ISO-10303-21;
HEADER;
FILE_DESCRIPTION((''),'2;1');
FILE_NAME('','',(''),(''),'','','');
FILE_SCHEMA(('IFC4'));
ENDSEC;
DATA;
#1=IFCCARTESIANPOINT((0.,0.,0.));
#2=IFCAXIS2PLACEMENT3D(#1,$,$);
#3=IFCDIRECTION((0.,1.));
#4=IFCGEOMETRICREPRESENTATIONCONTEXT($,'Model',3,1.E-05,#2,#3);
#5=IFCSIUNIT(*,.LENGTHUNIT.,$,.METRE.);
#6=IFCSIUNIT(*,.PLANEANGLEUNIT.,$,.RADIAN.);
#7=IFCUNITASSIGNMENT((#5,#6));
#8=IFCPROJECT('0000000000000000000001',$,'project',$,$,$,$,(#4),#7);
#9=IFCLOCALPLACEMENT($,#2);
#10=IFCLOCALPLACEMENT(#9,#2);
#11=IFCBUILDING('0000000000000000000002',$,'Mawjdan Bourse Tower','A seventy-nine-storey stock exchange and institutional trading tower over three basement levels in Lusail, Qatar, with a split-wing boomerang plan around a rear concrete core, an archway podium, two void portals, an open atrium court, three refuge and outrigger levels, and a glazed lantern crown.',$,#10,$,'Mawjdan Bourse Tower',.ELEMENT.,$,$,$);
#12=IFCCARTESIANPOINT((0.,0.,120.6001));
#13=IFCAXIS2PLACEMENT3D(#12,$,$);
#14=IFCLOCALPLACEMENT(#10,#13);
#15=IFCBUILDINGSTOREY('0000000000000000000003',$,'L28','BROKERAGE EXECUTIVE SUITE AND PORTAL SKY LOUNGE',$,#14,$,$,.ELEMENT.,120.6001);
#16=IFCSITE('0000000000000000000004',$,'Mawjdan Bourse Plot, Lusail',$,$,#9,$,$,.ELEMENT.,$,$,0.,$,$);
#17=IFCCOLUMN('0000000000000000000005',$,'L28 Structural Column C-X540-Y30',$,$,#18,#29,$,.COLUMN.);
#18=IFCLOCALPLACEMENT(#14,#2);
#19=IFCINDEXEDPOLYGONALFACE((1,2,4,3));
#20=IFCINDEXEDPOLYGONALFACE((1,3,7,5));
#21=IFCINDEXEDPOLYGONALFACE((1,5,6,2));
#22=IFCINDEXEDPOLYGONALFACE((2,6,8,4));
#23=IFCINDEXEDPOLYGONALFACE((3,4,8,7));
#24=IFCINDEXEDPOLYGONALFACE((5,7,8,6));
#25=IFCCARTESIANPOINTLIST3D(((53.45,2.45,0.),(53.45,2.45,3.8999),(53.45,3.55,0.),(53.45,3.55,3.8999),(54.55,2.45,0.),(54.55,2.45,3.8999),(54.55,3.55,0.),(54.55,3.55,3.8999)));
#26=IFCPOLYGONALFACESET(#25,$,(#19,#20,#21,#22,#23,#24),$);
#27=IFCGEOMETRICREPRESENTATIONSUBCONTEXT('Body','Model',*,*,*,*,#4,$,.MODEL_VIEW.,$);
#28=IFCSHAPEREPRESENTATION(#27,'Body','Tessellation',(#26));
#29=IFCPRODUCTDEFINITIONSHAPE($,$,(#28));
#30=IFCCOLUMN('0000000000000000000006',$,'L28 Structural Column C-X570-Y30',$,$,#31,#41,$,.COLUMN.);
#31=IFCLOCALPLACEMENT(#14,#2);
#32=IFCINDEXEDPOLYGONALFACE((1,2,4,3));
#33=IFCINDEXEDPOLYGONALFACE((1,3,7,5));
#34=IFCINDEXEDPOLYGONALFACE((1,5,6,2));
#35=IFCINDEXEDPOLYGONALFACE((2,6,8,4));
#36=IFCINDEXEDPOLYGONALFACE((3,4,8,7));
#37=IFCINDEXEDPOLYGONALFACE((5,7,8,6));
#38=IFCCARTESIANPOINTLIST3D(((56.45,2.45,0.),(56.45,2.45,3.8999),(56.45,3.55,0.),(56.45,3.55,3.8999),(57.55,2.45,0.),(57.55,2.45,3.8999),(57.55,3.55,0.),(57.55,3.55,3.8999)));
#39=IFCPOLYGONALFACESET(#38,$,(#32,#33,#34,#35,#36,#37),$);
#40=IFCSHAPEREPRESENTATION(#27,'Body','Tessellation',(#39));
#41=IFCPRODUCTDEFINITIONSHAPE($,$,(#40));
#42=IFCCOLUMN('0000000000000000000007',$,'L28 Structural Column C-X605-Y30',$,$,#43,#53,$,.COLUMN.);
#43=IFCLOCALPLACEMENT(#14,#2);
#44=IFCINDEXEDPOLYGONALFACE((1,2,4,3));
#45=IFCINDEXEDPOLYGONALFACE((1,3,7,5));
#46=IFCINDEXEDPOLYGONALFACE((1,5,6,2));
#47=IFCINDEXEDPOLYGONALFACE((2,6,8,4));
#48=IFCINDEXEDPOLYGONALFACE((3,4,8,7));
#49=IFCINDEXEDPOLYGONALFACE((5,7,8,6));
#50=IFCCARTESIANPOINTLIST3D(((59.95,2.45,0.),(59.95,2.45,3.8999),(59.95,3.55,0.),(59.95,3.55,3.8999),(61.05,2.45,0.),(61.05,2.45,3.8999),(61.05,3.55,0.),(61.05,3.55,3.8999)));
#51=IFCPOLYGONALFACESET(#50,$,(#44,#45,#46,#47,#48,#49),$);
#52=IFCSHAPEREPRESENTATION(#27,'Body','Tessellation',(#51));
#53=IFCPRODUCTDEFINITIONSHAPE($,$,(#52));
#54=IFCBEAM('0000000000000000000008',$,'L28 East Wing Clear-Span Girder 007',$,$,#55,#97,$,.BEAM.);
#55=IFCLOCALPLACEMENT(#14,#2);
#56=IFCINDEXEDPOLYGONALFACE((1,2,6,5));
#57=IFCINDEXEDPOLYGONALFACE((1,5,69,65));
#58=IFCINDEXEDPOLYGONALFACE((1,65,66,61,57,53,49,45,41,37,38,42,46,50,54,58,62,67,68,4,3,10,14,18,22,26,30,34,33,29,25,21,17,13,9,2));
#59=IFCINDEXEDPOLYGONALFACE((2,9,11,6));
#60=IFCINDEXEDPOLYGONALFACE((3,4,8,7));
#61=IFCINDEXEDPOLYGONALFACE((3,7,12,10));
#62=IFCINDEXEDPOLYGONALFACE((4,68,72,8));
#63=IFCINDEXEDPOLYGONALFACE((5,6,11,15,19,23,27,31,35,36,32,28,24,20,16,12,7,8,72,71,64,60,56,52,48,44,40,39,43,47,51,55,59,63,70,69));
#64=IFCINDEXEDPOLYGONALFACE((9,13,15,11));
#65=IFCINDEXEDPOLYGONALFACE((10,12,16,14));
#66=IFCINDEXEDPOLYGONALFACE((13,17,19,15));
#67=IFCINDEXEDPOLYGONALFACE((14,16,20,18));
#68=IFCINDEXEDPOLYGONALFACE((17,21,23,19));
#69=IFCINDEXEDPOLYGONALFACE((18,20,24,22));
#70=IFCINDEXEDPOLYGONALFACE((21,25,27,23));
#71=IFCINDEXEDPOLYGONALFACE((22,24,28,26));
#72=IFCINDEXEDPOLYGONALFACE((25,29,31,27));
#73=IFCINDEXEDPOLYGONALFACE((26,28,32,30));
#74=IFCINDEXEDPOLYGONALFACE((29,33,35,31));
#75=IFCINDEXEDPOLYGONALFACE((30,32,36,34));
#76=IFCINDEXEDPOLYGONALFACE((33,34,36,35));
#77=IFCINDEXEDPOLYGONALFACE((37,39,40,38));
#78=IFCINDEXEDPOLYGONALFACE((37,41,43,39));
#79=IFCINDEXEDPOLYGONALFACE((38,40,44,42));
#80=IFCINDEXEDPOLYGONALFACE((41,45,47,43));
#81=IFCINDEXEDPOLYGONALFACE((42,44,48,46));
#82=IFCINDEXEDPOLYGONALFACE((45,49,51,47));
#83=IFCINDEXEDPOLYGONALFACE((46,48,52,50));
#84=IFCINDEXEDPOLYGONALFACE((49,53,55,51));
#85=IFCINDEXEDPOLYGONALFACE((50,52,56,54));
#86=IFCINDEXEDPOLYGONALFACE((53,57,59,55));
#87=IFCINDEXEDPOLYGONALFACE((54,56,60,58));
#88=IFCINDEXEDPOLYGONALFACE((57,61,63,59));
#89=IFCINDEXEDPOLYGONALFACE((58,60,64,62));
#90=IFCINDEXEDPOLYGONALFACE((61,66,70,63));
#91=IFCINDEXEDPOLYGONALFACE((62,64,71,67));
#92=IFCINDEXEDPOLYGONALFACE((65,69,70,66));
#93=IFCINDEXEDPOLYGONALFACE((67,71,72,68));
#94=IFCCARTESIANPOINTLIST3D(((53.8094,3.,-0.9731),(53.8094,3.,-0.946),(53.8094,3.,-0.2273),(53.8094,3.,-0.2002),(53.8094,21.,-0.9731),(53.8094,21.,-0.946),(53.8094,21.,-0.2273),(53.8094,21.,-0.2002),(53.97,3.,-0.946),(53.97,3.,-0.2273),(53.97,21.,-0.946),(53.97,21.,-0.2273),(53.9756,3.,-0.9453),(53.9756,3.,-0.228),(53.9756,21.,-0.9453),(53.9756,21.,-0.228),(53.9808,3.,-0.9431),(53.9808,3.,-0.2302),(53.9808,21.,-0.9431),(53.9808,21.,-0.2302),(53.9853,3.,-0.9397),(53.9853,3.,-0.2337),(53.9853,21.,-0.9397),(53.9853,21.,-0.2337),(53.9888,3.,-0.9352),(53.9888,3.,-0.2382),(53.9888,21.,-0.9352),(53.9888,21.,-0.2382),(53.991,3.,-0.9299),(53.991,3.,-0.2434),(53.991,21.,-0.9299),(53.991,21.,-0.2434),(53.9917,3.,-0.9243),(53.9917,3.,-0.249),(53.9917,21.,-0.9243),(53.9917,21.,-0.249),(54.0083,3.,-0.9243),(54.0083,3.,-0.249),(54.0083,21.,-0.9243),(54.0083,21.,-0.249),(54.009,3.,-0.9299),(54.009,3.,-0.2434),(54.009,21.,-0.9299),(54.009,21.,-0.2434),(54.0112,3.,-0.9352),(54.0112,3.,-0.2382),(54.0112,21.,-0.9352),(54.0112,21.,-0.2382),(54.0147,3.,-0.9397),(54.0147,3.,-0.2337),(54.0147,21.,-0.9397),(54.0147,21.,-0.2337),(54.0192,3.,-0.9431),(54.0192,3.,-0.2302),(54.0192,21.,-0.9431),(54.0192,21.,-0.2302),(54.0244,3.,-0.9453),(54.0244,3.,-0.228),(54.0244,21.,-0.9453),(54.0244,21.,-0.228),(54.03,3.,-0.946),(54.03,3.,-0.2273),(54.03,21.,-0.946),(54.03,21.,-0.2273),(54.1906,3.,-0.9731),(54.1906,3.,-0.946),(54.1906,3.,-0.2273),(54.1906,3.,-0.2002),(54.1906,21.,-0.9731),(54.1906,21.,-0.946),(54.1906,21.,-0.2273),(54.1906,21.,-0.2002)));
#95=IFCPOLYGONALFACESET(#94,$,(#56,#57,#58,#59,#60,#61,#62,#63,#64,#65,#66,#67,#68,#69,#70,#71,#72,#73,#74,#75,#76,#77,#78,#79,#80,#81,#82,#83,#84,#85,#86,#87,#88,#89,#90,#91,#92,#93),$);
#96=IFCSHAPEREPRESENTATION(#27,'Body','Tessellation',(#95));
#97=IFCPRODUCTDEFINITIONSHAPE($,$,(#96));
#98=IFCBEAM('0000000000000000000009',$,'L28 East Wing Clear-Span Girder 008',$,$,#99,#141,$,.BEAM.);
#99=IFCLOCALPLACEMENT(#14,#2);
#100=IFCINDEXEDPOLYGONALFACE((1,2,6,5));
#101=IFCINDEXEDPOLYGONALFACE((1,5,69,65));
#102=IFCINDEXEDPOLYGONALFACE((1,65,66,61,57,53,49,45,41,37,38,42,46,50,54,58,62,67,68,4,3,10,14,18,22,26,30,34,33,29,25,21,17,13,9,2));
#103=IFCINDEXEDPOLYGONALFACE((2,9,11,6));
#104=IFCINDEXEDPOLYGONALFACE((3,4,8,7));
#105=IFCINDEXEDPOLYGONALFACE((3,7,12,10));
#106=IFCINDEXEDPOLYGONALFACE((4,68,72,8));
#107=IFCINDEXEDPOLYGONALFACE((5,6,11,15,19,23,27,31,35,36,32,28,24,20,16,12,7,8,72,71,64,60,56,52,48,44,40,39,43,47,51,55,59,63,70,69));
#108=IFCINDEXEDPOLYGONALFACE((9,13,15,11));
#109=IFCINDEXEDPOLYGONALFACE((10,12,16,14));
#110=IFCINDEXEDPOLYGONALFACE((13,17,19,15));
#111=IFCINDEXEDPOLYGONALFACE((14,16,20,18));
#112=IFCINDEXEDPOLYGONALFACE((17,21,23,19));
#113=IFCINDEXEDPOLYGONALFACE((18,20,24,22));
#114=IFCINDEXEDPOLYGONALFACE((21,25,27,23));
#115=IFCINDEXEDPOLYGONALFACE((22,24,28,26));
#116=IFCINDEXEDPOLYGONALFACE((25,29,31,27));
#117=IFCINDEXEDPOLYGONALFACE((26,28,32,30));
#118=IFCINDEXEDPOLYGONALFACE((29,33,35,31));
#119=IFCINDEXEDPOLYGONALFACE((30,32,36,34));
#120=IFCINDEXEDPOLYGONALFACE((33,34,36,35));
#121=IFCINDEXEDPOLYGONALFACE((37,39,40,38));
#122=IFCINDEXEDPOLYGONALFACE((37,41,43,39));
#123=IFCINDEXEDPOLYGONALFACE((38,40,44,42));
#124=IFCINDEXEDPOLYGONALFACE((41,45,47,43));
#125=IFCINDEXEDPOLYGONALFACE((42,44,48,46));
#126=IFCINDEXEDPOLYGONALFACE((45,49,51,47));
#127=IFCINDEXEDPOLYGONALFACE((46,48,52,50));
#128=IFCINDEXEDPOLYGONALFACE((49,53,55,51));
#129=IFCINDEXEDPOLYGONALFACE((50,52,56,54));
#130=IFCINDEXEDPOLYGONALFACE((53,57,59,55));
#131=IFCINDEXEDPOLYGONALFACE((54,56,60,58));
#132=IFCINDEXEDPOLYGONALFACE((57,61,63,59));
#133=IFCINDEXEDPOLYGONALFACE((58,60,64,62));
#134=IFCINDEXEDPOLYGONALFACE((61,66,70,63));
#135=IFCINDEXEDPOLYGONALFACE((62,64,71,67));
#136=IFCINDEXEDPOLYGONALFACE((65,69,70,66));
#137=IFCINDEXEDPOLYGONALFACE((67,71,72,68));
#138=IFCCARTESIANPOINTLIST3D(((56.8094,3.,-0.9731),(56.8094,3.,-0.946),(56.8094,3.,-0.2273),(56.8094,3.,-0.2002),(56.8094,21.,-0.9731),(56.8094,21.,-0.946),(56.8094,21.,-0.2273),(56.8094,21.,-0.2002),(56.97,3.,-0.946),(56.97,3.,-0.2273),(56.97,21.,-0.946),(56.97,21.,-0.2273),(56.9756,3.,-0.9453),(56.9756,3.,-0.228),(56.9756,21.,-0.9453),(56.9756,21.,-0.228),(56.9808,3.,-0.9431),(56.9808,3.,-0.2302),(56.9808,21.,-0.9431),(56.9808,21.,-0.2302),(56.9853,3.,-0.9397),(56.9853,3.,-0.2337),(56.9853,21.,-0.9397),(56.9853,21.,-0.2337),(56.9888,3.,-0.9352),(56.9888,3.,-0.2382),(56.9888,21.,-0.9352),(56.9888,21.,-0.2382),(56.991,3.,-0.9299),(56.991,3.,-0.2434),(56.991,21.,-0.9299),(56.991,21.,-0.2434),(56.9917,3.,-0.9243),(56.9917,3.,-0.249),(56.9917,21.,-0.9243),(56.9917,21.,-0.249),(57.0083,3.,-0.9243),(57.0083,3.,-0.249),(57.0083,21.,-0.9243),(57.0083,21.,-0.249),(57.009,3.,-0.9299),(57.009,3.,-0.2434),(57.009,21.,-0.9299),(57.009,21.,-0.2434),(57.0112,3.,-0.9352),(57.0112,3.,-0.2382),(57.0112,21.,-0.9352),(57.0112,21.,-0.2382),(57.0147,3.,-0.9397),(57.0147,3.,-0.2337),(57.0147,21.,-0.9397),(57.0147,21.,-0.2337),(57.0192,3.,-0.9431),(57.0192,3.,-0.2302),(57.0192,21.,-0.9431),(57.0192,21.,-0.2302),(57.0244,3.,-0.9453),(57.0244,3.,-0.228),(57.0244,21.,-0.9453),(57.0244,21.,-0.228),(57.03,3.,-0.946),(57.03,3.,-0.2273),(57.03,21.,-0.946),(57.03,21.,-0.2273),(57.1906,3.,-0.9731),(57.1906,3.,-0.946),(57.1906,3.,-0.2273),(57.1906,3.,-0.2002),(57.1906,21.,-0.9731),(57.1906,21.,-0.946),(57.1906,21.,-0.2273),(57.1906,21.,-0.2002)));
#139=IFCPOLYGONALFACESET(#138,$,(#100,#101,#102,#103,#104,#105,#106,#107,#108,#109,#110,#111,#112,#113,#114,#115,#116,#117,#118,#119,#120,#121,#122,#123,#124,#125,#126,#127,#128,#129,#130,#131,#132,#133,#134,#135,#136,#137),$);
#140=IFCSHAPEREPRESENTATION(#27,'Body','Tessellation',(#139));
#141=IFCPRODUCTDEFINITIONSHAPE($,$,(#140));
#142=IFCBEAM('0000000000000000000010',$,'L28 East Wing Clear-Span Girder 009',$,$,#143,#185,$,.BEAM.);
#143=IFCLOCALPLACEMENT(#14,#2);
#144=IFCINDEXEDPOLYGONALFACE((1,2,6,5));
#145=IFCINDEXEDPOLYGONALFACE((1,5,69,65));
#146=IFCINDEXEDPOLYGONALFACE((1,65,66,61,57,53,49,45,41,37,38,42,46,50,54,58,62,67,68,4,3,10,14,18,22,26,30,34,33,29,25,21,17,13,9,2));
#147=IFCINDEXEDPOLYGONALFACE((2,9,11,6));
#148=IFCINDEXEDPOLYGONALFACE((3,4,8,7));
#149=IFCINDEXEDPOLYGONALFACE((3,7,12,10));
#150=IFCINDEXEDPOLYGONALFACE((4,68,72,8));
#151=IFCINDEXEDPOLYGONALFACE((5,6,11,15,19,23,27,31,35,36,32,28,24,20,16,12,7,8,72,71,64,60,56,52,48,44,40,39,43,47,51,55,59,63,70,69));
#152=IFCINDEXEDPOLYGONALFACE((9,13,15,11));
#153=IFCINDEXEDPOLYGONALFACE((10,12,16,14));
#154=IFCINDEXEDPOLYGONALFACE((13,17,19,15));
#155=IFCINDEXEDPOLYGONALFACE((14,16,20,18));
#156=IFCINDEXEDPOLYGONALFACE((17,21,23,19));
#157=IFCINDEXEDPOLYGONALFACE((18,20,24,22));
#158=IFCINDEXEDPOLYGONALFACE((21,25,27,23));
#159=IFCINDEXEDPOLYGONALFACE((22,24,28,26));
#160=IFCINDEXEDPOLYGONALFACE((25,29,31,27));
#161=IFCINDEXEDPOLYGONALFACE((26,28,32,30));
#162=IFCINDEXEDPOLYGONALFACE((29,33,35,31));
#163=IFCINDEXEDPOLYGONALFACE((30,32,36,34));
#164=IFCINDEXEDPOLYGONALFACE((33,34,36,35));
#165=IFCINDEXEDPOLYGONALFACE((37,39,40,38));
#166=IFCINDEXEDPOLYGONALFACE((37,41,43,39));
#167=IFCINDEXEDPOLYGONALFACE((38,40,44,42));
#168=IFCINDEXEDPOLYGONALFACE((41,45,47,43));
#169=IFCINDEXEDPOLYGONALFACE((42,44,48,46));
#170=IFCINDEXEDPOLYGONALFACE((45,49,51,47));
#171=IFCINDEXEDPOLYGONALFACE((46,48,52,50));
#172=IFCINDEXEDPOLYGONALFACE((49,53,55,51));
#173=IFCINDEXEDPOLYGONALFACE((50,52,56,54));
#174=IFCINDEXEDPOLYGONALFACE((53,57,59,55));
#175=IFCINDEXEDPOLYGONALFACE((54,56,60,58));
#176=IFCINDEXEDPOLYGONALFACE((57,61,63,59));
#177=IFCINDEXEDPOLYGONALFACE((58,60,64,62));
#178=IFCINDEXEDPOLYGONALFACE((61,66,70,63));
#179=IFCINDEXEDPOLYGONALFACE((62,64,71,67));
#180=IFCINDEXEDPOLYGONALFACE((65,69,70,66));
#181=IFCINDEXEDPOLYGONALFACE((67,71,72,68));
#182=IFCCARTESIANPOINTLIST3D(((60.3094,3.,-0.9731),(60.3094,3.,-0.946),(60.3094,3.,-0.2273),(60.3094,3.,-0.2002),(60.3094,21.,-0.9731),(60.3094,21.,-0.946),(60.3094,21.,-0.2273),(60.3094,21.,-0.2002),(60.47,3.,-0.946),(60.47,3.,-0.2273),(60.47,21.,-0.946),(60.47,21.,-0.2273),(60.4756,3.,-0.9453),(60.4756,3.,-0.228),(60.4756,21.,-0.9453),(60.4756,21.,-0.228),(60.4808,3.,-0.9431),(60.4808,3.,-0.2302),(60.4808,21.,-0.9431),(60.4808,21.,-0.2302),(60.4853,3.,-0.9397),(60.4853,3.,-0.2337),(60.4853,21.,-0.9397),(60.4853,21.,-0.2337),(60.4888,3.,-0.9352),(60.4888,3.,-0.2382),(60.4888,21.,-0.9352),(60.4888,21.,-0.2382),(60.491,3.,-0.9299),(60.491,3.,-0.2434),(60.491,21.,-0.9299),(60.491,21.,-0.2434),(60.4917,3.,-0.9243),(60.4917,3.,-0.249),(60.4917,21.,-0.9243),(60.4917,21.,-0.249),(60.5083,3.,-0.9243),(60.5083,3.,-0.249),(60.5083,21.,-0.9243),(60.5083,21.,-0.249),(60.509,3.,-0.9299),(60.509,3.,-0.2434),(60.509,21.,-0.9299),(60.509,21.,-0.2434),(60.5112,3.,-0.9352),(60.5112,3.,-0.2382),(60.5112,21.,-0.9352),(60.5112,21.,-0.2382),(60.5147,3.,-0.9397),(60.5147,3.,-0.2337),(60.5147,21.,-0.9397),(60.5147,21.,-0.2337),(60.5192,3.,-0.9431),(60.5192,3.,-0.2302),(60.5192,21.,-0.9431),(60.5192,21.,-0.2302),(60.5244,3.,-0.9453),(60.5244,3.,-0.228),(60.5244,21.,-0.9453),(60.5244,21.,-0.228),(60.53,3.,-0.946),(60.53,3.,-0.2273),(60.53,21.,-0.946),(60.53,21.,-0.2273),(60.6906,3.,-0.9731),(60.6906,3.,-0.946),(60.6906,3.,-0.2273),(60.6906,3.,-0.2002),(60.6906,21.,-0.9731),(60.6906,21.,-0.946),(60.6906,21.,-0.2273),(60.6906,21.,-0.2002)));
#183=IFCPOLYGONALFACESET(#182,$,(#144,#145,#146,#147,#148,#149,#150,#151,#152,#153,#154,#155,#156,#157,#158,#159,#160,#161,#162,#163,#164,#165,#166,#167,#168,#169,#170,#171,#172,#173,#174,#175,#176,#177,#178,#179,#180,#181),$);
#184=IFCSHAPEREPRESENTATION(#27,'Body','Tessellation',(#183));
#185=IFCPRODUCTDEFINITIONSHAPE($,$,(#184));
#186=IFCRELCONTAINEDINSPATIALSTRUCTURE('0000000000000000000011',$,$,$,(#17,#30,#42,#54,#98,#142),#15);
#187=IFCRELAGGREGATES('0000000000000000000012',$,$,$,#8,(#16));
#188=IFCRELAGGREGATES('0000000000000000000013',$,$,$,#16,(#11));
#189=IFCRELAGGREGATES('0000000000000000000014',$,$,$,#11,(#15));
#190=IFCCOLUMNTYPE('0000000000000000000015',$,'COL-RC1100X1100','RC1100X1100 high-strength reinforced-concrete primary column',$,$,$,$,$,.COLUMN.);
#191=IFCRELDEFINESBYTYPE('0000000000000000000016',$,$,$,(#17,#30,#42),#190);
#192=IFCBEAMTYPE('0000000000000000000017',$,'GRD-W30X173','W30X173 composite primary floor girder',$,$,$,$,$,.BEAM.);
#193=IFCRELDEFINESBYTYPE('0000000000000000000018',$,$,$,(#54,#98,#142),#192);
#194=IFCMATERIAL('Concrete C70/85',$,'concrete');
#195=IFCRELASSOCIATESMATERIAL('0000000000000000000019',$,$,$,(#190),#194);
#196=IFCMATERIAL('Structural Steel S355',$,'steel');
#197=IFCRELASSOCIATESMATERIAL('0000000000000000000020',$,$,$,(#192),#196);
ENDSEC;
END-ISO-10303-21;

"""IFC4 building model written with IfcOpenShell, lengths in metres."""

from ifc_helpers import new_model, si_unit, direction, frame, origin, origin_2d, place, context, subcontext, project, spatial, rectangle, i_section, extrude, material, material_profile, profile_set, type_object, element, save


model = new_model("IFC4")

# Units and contexts
model_context = context("Model", 3, precision=1e-05, world=origin(), true_north=direction((0.0, 1.0)))
body_context = subcontext(model_context, "Body", "Model", "MODEL_VIEW")
ifc_project = project(units=[si_unit("LENGTHUNIT", "METRE"), si_unit("PLANEANGLEUNIT", "RADIAN")], contexts=[model_context])

# Site, building, storey
site_placement = place(None, origin())
site = spatial("IfcSite", under=ifc_project, at=site_placement, Name="Mawjdan Bourse Plot, Lusail", CompositionType="ELEMENT", RefElevation=0.0)
building_placement = place(site_placement, origin())
building = spatial("IfcBuilding", under=site, at=building_placement, Name="Mawjdan Bourse Tower", Description="A seventy-nine-storey stock exchange and institutional trading tower over three basement levels in Lusail, Qatar, with a split-wing boomerang plan around a rear concrete core, an archway podium, two void portals, an open atrium court, three refuge and outrigger levels, and a glazed lantern crown.", LongName="Mawjdan Bourse Tower", CompositionType="ELEMENT")
storey_placement = place(building_placement, frame((0.0, 0.0, 120.6001)))
storey = spatial("IfcBuildingStorey", under=building, at=storey_placement, Name="L28", Description="BROKERAGE EXECUTIVE SUITE AND PORTAL SKY LOUNGE", CompositionType="ELEMENT", Elevation=120.6001)

# Columns
ifc_material_1 = material(Name="Concrete C70/85", Category="concrete")
ifc_material_profile_1 = material_profile(ifc_material_1, rectangle(XDim=1.1001, YDim=1.1001, at=origin_2d()), Name="RC1100X1100")
ifc_profile_set_1 = profile_set([ifc_material_profile_1], Name="Concrete C70/85")
column_type = type_object("IfcColumnType", Name="COL-RC1100X1100", Description="RC1100X1100 high-strength reinforced-concrete primary column", PredefinedType="COLUMN", material=ifc_profile_set_1)
for number, where, z_axis, x_axis, name in (
    (1, (54.0, 3.0, 0.0), (0.0, 0.0, 1.0), (1.0, 0.0, 0.0), "L28 Structural Column C-X540-Y30"),
    (2, (57.0, 3.0, 0.0), (0.0, 0.0, 1.0), (1.0, 0.0, 0.0), "L28 Structural Column C-X570-Y30"),
    (3, (60.5, 3.0, 0.0), (0.0, 0.0, 1.0), (1.0, 0.0, 0.0), "L28 Structural Column C-X605-Y30"),
):
    element("IfcColumn", number, at=place(storey_placement, frame(where, z_axis=z_axis, x_axis=x_axis)), inside=storey, type_object=column_type, Name=name, PredefinedType="COLUMN", context=body_context, shape_type="SweptSolid", body=[
        extrude(rectangle(XDim=1.1001, YDim=1.1001, at=origin_2d()), origin(), (0.0, 0.0, 1.0), 3.8999),
    ])

# Beams
ifc_material_2 = material(Name="Structural Steel S355", Category="steel")
ifc_material_profile_2 = material_profile(ifc_material_2, i_section(OverallWidth=0.3811, OverallDepth=0.7729, WebThickness=0.0166, FlangeThickness=0.0271, FilletRadius=0.0217, at=origin_2d()), Name="W30X173")
ifc_profile_set_2 = profile_set([ifc_material_profile_2], Name="Structural Steel S355")
beam_type_1 = type_object("IfcBeamType", Name="GRD-W30X173", Description="W30X173 composite primary floor girder", PredefinedType="BEAM", material=ifc_profile_set_2)
for number, where, z_axis, x_axis, name in (
    (4, (54.0, 3.0, -0.5867), (0.0, 1.0, 0.0), (-1.0, 0.0, 0.0), "L28 East Wing Clear-Span Girder 007"),
    (5, (57.0, 3.0, -0.5867), (0.0, 1.0, 0.0), (-1.0, 0.0, 0.0), "L28 East Wing Clear-Span Girder 008"),
    (6, (60.5, 3.0, -0.5867), (0.0, 1.0, 0.0), (-1.0, 0.0, 0.0), "L28 East Wing Clear-Span Girder 009"),
):
    element("IfcBeam", number, at=place(storey_placement, frame(where, z_axis=z_axis, x_axis=x_axis)), inside=storey, type_object=beam_type_1, Name=name, PredefinedType="BEAM", context=body_context, shape_type="SweptSolid", body=[
        extrude(i_section(OverallWidth=0.3811, OverallDepth=0.7729, WebThickness=0.0166, FlangeThickness=0.0271, FilletRadius=0.0217, at=origin_2d()), origin(), (0.0, 0.0, 1.0), 18.0),
    ])

save(model, "model.ifc")
